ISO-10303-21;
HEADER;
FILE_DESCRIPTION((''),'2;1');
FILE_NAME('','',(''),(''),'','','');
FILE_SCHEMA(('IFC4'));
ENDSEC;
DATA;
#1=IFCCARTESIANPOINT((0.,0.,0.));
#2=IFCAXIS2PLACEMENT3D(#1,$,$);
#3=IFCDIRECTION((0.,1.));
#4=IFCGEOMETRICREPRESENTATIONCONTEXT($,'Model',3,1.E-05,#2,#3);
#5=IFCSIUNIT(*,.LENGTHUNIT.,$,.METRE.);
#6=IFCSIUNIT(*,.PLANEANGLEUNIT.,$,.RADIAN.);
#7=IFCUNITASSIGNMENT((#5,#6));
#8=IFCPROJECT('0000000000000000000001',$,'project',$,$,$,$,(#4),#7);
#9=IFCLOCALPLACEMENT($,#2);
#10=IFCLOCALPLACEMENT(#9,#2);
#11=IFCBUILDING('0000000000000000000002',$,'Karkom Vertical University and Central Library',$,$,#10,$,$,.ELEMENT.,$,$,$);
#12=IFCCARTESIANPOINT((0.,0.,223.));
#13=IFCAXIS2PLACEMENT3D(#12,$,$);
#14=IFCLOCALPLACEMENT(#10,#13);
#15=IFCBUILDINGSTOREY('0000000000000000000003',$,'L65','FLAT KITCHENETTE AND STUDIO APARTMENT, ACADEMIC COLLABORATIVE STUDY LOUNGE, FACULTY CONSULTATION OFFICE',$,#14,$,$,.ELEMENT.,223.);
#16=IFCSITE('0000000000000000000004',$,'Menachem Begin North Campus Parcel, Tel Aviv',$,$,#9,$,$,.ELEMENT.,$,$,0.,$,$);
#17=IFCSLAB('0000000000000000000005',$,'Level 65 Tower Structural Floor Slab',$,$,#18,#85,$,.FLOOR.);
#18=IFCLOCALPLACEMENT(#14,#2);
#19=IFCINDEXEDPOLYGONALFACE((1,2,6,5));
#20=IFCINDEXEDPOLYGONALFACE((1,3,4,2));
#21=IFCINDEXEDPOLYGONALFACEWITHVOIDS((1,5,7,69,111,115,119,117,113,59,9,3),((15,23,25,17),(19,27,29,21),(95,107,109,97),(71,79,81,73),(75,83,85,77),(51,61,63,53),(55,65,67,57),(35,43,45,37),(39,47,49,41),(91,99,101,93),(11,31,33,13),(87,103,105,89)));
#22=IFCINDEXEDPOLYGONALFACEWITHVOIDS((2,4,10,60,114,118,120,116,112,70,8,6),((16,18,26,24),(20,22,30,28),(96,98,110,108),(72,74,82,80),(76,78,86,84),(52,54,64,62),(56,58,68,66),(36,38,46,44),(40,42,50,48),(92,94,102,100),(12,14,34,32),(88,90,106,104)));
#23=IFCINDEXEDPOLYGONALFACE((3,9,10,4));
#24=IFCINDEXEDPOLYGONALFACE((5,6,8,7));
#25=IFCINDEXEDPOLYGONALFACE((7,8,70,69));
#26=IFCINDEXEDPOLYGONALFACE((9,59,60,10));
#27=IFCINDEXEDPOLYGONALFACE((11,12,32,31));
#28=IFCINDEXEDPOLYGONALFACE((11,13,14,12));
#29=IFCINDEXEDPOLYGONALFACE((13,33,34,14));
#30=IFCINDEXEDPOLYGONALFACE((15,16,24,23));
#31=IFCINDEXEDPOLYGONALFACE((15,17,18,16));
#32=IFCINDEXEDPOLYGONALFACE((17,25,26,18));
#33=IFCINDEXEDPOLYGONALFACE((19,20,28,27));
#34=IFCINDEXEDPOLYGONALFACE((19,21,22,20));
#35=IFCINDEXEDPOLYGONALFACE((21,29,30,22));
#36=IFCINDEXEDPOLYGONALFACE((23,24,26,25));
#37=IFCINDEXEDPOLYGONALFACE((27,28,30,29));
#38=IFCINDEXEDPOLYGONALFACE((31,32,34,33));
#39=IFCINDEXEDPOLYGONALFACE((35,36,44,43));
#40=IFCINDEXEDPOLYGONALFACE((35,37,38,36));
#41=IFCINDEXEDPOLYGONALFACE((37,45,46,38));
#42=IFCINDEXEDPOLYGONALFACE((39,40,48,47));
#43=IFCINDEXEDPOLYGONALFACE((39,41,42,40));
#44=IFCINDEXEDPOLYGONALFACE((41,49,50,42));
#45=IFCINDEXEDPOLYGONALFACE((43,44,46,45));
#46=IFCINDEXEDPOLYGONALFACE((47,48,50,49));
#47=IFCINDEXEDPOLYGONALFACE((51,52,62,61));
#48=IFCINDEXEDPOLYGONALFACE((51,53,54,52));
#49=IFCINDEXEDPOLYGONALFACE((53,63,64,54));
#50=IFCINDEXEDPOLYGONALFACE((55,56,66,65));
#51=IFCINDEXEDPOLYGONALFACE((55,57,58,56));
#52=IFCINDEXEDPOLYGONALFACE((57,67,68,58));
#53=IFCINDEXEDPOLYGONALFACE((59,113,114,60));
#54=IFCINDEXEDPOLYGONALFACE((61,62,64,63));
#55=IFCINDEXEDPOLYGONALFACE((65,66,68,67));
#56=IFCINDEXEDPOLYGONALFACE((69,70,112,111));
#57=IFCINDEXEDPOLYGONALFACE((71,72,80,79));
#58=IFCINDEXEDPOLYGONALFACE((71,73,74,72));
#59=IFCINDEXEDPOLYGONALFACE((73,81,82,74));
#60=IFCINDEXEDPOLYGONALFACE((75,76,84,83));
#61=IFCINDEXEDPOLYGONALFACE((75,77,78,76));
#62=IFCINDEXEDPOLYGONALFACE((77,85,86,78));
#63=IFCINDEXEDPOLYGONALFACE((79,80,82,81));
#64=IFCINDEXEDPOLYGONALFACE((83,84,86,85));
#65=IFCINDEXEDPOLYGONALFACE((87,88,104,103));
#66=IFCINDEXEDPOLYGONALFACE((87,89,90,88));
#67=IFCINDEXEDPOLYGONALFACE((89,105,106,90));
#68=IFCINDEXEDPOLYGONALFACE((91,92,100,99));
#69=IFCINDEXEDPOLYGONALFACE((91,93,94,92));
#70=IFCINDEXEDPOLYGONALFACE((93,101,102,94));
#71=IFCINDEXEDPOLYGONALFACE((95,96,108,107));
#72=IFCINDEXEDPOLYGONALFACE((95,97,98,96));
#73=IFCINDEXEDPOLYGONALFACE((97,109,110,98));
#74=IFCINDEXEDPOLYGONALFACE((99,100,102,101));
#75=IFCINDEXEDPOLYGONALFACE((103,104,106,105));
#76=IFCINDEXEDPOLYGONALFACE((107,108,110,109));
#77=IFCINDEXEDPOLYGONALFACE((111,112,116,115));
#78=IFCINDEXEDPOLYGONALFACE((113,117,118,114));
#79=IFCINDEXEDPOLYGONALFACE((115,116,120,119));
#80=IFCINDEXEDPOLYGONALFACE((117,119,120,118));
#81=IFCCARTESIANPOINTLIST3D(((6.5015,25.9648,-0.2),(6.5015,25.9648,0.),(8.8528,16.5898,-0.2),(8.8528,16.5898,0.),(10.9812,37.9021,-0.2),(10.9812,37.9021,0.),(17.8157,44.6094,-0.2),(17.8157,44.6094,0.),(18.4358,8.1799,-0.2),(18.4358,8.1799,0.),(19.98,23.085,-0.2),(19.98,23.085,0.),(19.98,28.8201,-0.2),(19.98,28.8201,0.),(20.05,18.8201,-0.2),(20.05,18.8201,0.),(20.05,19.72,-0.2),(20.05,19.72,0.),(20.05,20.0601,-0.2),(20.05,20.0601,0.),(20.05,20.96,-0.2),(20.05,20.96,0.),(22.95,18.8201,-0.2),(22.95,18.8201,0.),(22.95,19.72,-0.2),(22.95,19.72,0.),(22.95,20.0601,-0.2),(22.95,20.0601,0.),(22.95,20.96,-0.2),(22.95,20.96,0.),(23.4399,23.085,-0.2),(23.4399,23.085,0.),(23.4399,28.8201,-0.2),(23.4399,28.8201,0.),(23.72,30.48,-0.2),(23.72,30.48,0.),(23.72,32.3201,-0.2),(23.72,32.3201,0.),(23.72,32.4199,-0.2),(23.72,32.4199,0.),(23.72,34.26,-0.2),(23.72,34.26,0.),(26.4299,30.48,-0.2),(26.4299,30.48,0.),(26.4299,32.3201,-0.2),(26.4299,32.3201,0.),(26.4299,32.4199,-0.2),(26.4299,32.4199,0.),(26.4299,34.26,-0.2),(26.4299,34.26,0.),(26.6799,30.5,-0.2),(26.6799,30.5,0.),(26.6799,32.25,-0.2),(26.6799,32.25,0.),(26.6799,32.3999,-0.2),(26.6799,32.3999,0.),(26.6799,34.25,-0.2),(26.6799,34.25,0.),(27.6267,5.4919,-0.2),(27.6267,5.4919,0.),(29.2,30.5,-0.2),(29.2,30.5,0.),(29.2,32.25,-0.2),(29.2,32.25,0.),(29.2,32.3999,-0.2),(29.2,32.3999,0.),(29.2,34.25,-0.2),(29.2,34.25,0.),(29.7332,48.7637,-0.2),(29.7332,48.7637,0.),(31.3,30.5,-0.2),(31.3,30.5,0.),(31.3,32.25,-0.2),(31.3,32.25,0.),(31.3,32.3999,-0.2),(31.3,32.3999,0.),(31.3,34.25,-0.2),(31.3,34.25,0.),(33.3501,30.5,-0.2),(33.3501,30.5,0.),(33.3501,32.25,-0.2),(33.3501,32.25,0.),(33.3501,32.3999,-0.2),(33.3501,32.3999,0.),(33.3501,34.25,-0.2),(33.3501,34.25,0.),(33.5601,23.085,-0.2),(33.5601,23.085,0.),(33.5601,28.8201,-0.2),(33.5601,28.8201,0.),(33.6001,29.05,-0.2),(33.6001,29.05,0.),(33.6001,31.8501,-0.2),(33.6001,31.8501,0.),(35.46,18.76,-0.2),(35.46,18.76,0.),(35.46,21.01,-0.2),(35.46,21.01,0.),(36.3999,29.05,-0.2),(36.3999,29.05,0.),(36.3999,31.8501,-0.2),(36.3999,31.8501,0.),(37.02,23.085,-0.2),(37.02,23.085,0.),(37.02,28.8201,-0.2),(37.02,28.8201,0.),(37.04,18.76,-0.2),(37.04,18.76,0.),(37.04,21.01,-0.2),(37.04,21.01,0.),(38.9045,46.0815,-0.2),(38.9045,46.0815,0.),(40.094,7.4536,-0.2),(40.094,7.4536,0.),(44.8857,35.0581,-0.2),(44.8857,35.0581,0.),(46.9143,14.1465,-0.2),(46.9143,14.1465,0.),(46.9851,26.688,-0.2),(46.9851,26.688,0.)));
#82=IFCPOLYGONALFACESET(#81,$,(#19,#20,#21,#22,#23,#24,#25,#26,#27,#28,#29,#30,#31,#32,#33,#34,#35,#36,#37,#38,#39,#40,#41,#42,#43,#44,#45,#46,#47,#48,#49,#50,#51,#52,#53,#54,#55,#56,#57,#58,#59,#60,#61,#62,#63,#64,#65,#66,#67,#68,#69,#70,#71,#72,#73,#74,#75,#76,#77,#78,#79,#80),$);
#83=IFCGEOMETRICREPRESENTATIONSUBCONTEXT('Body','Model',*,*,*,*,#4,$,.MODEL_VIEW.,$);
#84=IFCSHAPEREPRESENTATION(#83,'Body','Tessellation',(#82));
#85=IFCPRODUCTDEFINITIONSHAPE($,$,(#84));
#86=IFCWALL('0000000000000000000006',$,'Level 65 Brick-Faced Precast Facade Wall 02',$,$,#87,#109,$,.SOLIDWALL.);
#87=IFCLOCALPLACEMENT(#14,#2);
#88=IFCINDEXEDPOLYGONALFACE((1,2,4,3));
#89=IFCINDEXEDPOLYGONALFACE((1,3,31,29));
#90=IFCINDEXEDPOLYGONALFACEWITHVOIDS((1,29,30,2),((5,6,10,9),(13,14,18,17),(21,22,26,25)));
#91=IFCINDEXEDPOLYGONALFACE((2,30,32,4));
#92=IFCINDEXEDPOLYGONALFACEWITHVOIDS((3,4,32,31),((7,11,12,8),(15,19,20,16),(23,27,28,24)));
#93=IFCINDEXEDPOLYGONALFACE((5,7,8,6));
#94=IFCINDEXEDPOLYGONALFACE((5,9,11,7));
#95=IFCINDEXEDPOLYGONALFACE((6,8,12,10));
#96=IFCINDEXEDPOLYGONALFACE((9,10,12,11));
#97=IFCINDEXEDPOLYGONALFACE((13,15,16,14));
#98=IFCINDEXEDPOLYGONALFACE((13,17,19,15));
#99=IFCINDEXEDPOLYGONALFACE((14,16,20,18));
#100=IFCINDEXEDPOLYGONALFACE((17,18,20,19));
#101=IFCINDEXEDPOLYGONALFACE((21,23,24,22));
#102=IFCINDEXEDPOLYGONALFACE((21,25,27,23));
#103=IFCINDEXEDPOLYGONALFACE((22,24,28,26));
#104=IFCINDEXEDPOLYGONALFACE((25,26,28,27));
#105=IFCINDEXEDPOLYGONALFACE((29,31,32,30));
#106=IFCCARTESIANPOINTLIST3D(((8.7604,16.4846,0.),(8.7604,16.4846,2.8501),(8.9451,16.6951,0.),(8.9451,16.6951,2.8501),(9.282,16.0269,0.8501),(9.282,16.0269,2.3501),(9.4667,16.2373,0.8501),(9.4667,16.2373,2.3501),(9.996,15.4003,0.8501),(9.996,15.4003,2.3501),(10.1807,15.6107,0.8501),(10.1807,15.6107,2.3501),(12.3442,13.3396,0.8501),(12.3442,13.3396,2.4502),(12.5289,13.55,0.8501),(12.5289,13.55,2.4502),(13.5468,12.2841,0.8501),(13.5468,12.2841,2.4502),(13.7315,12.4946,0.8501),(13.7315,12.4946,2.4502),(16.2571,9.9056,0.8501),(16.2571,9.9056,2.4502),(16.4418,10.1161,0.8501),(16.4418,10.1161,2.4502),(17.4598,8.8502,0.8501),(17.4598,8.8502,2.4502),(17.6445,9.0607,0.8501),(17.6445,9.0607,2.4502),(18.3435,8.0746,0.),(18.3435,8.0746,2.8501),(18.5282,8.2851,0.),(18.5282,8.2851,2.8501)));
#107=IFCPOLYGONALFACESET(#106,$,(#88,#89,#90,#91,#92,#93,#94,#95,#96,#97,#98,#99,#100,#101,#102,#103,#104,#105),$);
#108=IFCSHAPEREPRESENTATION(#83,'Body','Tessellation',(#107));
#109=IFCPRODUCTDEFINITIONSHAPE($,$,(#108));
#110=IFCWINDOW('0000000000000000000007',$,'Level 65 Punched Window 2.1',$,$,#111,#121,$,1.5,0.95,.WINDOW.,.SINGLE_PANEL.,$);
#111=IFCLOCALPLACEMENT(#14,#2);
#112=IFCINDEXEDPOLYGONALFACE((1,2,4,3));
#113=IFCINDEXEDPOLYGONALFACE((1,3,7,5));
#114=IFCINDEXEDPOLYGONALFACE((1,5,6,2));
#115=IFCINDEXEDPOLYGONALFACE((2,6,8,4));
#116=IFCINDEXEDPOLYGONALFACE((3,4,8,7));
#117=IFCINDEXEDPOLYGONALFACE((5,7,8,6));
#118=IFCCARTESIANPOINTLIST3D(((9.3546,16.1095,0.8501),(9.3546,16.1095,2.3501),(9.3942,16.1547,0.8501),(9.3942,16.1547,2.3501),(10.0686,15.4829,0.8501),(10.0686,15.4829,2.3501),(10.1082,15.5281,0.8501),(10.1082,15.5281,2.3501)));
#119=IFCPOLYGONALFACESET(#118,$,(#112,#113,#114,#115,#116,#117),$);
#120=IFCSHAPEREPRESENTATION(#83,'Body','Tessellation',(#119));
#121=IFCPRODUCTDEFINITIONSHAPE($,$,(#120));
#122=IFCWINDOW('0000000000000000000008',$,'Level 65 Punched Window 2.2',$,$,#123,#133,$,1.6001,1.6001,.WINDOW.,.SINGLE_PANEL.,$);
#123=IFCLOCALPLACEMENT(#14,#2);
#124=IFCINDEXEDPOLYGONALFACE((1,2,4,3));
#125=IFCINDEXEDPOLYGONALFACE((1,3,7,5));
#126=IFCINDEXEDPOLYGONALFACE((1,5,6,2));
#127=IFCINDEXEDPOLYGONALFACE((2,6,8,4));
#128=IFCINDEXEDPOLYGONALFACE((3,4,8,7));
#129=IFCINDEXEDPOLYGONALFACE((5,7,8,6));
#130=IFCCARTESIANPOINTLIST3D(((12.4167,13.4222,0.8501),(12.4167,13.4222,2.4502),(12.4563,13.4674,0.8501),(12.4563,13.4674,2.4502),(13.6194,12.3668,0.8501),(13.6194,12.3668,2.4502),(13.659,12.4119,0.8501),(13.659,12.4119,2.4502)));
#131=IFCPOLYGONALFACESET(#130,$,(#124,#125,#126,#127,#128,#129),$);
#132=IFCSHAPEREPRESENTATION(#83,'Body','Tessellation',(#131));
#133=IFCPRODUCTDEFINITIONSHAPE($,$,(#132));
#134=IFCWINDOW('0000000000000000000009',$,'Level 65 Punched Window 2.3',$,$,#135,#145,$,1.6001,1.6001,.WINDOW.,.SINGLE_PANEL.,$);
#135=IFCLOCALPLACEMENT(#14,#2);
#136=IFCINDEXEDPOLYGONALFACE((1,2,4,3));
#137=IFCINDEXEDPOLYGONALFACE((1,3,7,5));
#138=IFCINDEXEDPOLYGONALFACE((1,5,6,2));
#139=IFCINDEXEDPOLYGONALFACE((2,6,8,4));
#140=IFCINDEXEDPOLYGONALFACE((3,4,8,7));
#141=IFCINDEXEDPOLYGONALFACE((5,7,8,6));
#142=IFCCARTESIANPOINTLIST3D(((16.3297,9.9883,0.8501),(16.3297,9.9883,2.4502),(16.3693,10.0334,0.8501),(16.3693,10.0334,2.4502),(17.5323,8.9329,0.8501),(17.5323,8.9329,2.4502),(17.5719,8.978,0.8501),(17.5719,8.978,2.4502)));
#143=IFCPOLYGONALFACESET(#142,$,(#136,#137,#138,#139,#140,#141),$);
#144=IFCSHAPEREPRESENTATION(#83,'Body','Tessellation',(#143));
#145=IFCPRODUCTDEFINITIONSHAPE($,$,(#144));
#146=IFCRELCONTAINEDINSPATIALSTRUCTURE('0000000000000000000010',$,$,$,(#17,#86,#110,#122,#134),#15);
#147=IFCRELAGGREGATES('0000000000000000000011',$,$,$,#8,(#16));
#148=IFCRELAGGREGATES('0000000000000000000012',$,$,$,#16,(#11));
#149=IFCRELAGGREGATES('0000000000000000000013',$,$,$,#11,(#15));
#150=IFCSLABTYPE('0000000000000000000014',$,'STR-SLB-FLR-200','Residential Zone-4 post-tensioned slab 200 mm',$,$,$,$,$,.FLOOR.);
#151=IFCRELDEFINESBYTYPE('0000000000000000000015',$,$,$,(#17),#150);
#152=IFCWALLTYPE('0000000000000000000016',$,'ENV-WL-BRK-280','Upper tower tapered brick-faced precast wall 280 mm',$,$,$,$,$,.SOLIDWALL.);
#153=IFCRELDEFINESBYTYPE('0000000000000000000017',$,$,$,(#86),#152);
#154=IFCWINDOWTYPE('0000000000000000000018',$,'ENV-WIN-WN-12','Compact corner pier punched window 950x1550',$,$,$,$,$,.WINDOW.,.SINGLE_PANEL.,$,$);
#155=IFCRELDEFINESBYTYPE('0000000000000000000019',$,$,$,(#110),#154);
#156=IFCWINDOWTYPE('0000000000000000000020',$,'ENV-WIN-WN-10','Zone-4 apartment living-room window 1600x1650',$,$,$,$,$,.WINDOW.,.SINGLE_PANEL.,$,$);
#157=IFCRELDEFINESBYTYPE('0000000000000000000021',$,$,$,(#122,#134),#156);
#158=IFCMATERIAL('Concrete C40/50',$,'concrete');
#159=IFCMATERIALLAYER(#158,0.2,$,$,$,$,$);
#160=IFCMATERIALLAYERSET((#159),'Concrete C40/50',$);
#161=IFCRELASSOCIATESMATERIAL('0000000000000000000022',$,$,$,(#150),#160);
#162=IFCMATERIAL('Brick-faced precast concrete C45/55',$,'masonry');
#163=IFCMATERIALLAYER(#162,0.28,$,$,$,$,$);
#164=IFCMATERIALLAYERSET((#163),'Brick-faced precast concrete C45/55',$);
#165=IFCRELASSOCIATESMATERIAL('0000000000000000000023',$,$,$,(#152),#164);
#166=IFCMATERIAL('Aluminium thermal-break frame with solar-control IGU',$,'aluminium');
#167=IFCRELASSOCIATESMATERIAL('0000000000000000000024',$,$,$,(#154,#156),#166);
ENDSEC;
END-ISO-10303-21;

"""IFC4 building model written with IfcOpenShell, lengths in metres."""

from ifc_helpers import new_model, si_unit, direction, frame, frame_2d, origin, origin_with_axes, place, context, subcontext, project, spatial, polyline, rectangle, outline, extrude, source, transform, mapped, material, layer, layer_set, type_object, element, fill, save


model = new_model("IFC4")

# Units and contexts
model_context = context("Model", 3, precision=1e-05, world=origin(), true_north=direction((0.0, 1.0)))
body_context = subcontext(model_context, "Body", "Model", "MODEL_VIEW")
ifc_project = project(units=[si_unit("LENGTHUNIT", "METRE"), si_unit("PLANEANGLEUNIT", "RADIAN")], contexts=[model_context])

# Site, building, storey
site_placement = place(None, origin())
site = spatial("IfcSite", under=ifc_project, at=site_placement, Name="Menachem Begin North Campus Parcel, Tel Aviv", CompositionType="ELEMENT", RefElevation=0.0)
building_placement = place(site_placement, origin())
building = spatial("IfcBuilding", under=site, at=building_placement, Name="Karkom Vertical University and Central Library", CompositionType="ELEMENT")
storey_placement = place(building_placement, frame((0.0, 0.0, 223.0)))
storey = spatial("IfcBuildingStorey", under=building, at=storey_placement, Name="L65", Description="FLAT KITCHENETTE AND STUDIO APARTMENT, ACADEMIC COLLABORATIVE STUDY LOUNGE, FACULTY CONSULTATION OFFICE", CompositionType="ELEMENT", Elevation=223.0)

# Slab
ifc_material_1 = material(Name="Concrete C40/50", Category="concrete")
ifc_layer_1 = layer(ifc_material_1, 0.2)
ifc_layer_set_1 = layer_set([ifc_layer_1], Name="Concrete C40/50")
slab_type_1 = type_object("IfcSlabType", Name="STR-SLB-FLR-200", Description="Residential Zone-4 post-tensioned slab 200 mm", PredefinedType="FLOOR", material=ifc_layer_set_1)
slab_1_placement = place(storey_placement, frame((0.0, 0.0, -0.2)))
element("IfcSlab", 1, at=slab_1_placement, inside=storey, type_object=slab_type_1, Name="Level 65 Tower Structural Floor Slab", PredefinedType="FLOOR", context=body_context, shape_type="SweptSolid", body=[
    extrude(outline(polyline([(6.5015, 25.9648), (8.8528, 16.5898), (18.4358, 8.1799), (27.6267, 5.4919), (40.094, 7.4536), (46.9143, 14.1465), (46.9851, 26.688), (44.8857, 35.0581), (38.9045, 46.0815), (29.7332, 48.7637), (17.8157, 44.6094), (10.9812, 37.9021), (6.5015, 25.9648)]), holes=[polyline([(19.98, 23.085), (23.4399, 23.085), (23.4399, 28.8201), (19.98, 28.8201), (19.98, 23.085)]), polyline([(33.5601, 23.085), (37.02, 23.085), (37.02, 28.8201), (33.5601, 28.8201), (33.5601, 23.085)]), polyline([(26.6799, 30.5), (29.2, 30.5), (29.2, 32.25), (26.6799, 32.25), (26.6799, 30.5)]), polyline([(26.6799, 32.3999), (29.2, 32.3999), (29.2, 34.25), (26.6799, 34.25), (26.6799, 32.3999)]), polyline([(31.3, 30.5), (33.3501, 30.5), (33.3501, 32.25), (31.3, 32.25), (31.3, 30.5)]), polyline([(31.3, 32.3999), (33.3501, 32.3999), (33.3501, 34.25), (31.3, 34.25), (31.3, 32.3999)]), polyline([(23.72, 30.48), (26.4299, 30.48), (26.4299, 32.3201), (23.72, 32.3201), (23.72, 30.48)]), polyline([(23.72, 32.4199), (26.4299, 32.4199), (26.4299, 34.26), (23.72, 34.26), (23.72, 32.4199)]), polyline([(33.6001, 29.05), (36.3999, 29.05), (36.3999, 31.8501), (33.6001, 31.8501), (33.6001, 29.05)]), polyline([(20.05, 18.8201), (22.95, 18.8201), (22.95, 19.72), (20.05, 19.72), (20.05, 18.8201)]), polyline([(20.05, 20.0601), (22.95, 20.0601), (22.95, 20.96), (20.05, 20.96), (20.05, 20.0601)]), polyline([(35.46, 18.76), (37.04, 18.76), (37.04, 21.01), (35.46, 21.01), (35.46, 18.76)])]), origin(), (0.0, 0.0, 1.0), 0.2),
])

# Wall, openings, windows
ifc_material_2 = material(Name="Brick-faced precast concrete C45/55", Category="masonry")
ifc_layer_2 = layer(ifc_material_2, 0.28)
ifc_layer_set_2 = layer_set([ifc_layer_2], Name="Brick-faced precast concrete C45/55")
wall_type_1 = type_object("IfcWallType", Name="ENV-WL-BRK-280", Description="Upper tower tapered brick-faced precast wall 280 mm", PredefinedType="SOLIDWALL", material=ifc_layer_set_2)
wall_1_placement = place(storey_placement, frame((8.8528, 16.5898, 0.0), z_axis=(0.0, 0.0, 1.0), x_axis=(0.751613, -0.659605, 0.0)))
wall_1 = element("IfcWall", 2, at=wall_1_placement, inside=storey, type_object=wall_type_1, Name="Level 65 Brick-Faced Precast Facade Wall 02", PredefinedType="SOLIDWALL", context=body_context, shape_type="SweptSolid", body=[
    extrude(rectangle(XDim=12.75, YDim=0.28, at=frame_2d((6.375, 0.0))), origin(), (0.0, 0.0, 1.0), 2.8501),
])
opening_1_placement = place(wall_1_placement, frame((0.6938, 0.0, 0.8501)))
opening_1 = element("IfcOpeningElement", 3, at=opening_1_placement, cuts=wall_1, PredefinedType="OPENING", context=body_context, shape_type="SweptSolid", body=[
    extrude(rectangle(XDim=0.95, YDim=1.5, at=frame_2d((0.4751, 0.75))), frame((0.0, 0.1499, 0.0), z_axis=(0.0, -1.0, 0.0), x_axis=(1.0, 0.0, 0.0)), (0.0, 0.0, 1.0), 0.3),
])
opening_2_placement = place(wall_1_placement, frame((4.7681, 0.0, 0.8501)))
opening_2 = element("IfcOpeningElement", 4, at=opening_2_placement, cuts=wall_1, PredefinedType="OPENING", context=body_context, shape_type="SweptSolid", body=[
    extrude(rectangle(XDim=1.6001, YDim=1.6001, at=frame_2d((0.8, 0.8))), frame((0.0, 0.1499, 0.0), z_axis=(0.0, -1.0, 0.0), x_axis=(1.0, 0.0, 0.0)), (0.0, 0.0, 1.0), 0.3),
])
opening_3_placement = place(wall_1_placement, frame((9.9741, 0.0, 0.8501)))
opening_3 = element("IfcOpeningElement", 5, at=opening_3_placement, cuts=wall_1, PredefinedType="OPENING", context=body_context, shape_type="SweptSolid", body=[
    extrude(rectangle(XDim=1.6001, YDim=1.6001, at=frame_2d((0.8, 0.8))), frame((0.0, 0.1499, 0.0), z_axis=(0.0, -1.0, 0.0), x_axis=(1.0, 0.0, 0.0)), (0.0, 0.0, 1.0), 0.3),
])
ifc_material_3 = material(Name="Aluminium thermal-break frame with solar-control IGU", Category="aluminium")
window_type_1 = type_object("IfcWindowType", Name="ENV-WIN-WN-12", Description="Compact corner pier punched window 950x1550", PartitioningType="SINGLE_PANEL", PredefinedType="WINDOW", material=ifc_material_3)
shared_shape_1 = source(origin_with_axes(), body_context, "Body", "SweptSolid", [
    extrude(rectangle(XDim=0.95, YDim=1.5, at=frame_2d((0.4751, 0.75))), frame((0.0, 0.03, 0.0), z_axis=(0.0, -1.0, 0.0), x_axis=(1.0, 0.0, 0.0)), (0.0, 0.0, 1.0), 0.0601),
])
window_1_placement = place(opening_1_placement, origin())
window_1 = element("IfcWindow", 6, at=window_1_placement, inside=storey, type_object=window_type_1, Name="Level 65 Punched Window 2.1", OverallHeight=1.5, OverallWidth=0.95, PartitioningType="SINGLE_PANEL", PredefinedType="WINDOW", context=body_context, shape_type="MappedRepresentation", body=[
    mapped(shared_shape_1, transform((0.0, 0.0, 0.0), scale=1.0)),
])
fill(opening_1, window_1)
window_type_2 = type_object("IfcWindowType", Name="ENV-WIN-WN-10", Description="Zone-4 apartment living-room window 1600x1650", PartitioningType="SINGLE_PANEL", PredefinedType="WINDOW", material=ifc_material_3)
shared_shape_2 = source(origin_with_axes(), body_context, "Body", "SweptSolid", [
    extrude(rectangle(XDim=1.6001, YDim=1.6001, at=frame_2d((0.8, 0.8))), frame((0.0, 0.03, 0.0), z_axis=(0.0, -1.0, 0.0), x_axis=(1.0, 0.0, 0.0)), (0.0, 0.0, 1.0), 0.0601),
])
window_2_placement = place(opening_2_placement, origin())
window_2 = element("IfcWindow", 7, at=window_2_placement, inside=storey, type_object=window_type_2, Name="Level 65 Punched Window 2.2", OverallHeight=1.6001, OverallWidth=1.6001, PartitioningType="SINGLE_PANEL", PredefinedType="WINDOW", context=body_context, shape_type="MappedRepresentation", body=[
    mapped(shared_shape_2, transform((0.0, 0.0, 0.0), scale=1.0)),
])
fill(opening_2, window_2)
window_3_placement = place(opening_3_placement, origin())
window_3 = element("IfcWindow", 8, at=window_3_placement, inside=storey, type_object=window_type_2, Name="Level 65 Punched Window 2.3", OverallHeight=1.6001, OverallWidth=1.6001, PartitioningType="SINGLE_PANEL", PredefinedType="WINDOW", context=body_context, shape_type="MappedRepresentation", body=[
    mapped(shared_shape_2, transform((0.0, 0.0, 0.0), scale=1.0)),
])
fill(opening_3, window_3)

save(model, "model.ifc")
